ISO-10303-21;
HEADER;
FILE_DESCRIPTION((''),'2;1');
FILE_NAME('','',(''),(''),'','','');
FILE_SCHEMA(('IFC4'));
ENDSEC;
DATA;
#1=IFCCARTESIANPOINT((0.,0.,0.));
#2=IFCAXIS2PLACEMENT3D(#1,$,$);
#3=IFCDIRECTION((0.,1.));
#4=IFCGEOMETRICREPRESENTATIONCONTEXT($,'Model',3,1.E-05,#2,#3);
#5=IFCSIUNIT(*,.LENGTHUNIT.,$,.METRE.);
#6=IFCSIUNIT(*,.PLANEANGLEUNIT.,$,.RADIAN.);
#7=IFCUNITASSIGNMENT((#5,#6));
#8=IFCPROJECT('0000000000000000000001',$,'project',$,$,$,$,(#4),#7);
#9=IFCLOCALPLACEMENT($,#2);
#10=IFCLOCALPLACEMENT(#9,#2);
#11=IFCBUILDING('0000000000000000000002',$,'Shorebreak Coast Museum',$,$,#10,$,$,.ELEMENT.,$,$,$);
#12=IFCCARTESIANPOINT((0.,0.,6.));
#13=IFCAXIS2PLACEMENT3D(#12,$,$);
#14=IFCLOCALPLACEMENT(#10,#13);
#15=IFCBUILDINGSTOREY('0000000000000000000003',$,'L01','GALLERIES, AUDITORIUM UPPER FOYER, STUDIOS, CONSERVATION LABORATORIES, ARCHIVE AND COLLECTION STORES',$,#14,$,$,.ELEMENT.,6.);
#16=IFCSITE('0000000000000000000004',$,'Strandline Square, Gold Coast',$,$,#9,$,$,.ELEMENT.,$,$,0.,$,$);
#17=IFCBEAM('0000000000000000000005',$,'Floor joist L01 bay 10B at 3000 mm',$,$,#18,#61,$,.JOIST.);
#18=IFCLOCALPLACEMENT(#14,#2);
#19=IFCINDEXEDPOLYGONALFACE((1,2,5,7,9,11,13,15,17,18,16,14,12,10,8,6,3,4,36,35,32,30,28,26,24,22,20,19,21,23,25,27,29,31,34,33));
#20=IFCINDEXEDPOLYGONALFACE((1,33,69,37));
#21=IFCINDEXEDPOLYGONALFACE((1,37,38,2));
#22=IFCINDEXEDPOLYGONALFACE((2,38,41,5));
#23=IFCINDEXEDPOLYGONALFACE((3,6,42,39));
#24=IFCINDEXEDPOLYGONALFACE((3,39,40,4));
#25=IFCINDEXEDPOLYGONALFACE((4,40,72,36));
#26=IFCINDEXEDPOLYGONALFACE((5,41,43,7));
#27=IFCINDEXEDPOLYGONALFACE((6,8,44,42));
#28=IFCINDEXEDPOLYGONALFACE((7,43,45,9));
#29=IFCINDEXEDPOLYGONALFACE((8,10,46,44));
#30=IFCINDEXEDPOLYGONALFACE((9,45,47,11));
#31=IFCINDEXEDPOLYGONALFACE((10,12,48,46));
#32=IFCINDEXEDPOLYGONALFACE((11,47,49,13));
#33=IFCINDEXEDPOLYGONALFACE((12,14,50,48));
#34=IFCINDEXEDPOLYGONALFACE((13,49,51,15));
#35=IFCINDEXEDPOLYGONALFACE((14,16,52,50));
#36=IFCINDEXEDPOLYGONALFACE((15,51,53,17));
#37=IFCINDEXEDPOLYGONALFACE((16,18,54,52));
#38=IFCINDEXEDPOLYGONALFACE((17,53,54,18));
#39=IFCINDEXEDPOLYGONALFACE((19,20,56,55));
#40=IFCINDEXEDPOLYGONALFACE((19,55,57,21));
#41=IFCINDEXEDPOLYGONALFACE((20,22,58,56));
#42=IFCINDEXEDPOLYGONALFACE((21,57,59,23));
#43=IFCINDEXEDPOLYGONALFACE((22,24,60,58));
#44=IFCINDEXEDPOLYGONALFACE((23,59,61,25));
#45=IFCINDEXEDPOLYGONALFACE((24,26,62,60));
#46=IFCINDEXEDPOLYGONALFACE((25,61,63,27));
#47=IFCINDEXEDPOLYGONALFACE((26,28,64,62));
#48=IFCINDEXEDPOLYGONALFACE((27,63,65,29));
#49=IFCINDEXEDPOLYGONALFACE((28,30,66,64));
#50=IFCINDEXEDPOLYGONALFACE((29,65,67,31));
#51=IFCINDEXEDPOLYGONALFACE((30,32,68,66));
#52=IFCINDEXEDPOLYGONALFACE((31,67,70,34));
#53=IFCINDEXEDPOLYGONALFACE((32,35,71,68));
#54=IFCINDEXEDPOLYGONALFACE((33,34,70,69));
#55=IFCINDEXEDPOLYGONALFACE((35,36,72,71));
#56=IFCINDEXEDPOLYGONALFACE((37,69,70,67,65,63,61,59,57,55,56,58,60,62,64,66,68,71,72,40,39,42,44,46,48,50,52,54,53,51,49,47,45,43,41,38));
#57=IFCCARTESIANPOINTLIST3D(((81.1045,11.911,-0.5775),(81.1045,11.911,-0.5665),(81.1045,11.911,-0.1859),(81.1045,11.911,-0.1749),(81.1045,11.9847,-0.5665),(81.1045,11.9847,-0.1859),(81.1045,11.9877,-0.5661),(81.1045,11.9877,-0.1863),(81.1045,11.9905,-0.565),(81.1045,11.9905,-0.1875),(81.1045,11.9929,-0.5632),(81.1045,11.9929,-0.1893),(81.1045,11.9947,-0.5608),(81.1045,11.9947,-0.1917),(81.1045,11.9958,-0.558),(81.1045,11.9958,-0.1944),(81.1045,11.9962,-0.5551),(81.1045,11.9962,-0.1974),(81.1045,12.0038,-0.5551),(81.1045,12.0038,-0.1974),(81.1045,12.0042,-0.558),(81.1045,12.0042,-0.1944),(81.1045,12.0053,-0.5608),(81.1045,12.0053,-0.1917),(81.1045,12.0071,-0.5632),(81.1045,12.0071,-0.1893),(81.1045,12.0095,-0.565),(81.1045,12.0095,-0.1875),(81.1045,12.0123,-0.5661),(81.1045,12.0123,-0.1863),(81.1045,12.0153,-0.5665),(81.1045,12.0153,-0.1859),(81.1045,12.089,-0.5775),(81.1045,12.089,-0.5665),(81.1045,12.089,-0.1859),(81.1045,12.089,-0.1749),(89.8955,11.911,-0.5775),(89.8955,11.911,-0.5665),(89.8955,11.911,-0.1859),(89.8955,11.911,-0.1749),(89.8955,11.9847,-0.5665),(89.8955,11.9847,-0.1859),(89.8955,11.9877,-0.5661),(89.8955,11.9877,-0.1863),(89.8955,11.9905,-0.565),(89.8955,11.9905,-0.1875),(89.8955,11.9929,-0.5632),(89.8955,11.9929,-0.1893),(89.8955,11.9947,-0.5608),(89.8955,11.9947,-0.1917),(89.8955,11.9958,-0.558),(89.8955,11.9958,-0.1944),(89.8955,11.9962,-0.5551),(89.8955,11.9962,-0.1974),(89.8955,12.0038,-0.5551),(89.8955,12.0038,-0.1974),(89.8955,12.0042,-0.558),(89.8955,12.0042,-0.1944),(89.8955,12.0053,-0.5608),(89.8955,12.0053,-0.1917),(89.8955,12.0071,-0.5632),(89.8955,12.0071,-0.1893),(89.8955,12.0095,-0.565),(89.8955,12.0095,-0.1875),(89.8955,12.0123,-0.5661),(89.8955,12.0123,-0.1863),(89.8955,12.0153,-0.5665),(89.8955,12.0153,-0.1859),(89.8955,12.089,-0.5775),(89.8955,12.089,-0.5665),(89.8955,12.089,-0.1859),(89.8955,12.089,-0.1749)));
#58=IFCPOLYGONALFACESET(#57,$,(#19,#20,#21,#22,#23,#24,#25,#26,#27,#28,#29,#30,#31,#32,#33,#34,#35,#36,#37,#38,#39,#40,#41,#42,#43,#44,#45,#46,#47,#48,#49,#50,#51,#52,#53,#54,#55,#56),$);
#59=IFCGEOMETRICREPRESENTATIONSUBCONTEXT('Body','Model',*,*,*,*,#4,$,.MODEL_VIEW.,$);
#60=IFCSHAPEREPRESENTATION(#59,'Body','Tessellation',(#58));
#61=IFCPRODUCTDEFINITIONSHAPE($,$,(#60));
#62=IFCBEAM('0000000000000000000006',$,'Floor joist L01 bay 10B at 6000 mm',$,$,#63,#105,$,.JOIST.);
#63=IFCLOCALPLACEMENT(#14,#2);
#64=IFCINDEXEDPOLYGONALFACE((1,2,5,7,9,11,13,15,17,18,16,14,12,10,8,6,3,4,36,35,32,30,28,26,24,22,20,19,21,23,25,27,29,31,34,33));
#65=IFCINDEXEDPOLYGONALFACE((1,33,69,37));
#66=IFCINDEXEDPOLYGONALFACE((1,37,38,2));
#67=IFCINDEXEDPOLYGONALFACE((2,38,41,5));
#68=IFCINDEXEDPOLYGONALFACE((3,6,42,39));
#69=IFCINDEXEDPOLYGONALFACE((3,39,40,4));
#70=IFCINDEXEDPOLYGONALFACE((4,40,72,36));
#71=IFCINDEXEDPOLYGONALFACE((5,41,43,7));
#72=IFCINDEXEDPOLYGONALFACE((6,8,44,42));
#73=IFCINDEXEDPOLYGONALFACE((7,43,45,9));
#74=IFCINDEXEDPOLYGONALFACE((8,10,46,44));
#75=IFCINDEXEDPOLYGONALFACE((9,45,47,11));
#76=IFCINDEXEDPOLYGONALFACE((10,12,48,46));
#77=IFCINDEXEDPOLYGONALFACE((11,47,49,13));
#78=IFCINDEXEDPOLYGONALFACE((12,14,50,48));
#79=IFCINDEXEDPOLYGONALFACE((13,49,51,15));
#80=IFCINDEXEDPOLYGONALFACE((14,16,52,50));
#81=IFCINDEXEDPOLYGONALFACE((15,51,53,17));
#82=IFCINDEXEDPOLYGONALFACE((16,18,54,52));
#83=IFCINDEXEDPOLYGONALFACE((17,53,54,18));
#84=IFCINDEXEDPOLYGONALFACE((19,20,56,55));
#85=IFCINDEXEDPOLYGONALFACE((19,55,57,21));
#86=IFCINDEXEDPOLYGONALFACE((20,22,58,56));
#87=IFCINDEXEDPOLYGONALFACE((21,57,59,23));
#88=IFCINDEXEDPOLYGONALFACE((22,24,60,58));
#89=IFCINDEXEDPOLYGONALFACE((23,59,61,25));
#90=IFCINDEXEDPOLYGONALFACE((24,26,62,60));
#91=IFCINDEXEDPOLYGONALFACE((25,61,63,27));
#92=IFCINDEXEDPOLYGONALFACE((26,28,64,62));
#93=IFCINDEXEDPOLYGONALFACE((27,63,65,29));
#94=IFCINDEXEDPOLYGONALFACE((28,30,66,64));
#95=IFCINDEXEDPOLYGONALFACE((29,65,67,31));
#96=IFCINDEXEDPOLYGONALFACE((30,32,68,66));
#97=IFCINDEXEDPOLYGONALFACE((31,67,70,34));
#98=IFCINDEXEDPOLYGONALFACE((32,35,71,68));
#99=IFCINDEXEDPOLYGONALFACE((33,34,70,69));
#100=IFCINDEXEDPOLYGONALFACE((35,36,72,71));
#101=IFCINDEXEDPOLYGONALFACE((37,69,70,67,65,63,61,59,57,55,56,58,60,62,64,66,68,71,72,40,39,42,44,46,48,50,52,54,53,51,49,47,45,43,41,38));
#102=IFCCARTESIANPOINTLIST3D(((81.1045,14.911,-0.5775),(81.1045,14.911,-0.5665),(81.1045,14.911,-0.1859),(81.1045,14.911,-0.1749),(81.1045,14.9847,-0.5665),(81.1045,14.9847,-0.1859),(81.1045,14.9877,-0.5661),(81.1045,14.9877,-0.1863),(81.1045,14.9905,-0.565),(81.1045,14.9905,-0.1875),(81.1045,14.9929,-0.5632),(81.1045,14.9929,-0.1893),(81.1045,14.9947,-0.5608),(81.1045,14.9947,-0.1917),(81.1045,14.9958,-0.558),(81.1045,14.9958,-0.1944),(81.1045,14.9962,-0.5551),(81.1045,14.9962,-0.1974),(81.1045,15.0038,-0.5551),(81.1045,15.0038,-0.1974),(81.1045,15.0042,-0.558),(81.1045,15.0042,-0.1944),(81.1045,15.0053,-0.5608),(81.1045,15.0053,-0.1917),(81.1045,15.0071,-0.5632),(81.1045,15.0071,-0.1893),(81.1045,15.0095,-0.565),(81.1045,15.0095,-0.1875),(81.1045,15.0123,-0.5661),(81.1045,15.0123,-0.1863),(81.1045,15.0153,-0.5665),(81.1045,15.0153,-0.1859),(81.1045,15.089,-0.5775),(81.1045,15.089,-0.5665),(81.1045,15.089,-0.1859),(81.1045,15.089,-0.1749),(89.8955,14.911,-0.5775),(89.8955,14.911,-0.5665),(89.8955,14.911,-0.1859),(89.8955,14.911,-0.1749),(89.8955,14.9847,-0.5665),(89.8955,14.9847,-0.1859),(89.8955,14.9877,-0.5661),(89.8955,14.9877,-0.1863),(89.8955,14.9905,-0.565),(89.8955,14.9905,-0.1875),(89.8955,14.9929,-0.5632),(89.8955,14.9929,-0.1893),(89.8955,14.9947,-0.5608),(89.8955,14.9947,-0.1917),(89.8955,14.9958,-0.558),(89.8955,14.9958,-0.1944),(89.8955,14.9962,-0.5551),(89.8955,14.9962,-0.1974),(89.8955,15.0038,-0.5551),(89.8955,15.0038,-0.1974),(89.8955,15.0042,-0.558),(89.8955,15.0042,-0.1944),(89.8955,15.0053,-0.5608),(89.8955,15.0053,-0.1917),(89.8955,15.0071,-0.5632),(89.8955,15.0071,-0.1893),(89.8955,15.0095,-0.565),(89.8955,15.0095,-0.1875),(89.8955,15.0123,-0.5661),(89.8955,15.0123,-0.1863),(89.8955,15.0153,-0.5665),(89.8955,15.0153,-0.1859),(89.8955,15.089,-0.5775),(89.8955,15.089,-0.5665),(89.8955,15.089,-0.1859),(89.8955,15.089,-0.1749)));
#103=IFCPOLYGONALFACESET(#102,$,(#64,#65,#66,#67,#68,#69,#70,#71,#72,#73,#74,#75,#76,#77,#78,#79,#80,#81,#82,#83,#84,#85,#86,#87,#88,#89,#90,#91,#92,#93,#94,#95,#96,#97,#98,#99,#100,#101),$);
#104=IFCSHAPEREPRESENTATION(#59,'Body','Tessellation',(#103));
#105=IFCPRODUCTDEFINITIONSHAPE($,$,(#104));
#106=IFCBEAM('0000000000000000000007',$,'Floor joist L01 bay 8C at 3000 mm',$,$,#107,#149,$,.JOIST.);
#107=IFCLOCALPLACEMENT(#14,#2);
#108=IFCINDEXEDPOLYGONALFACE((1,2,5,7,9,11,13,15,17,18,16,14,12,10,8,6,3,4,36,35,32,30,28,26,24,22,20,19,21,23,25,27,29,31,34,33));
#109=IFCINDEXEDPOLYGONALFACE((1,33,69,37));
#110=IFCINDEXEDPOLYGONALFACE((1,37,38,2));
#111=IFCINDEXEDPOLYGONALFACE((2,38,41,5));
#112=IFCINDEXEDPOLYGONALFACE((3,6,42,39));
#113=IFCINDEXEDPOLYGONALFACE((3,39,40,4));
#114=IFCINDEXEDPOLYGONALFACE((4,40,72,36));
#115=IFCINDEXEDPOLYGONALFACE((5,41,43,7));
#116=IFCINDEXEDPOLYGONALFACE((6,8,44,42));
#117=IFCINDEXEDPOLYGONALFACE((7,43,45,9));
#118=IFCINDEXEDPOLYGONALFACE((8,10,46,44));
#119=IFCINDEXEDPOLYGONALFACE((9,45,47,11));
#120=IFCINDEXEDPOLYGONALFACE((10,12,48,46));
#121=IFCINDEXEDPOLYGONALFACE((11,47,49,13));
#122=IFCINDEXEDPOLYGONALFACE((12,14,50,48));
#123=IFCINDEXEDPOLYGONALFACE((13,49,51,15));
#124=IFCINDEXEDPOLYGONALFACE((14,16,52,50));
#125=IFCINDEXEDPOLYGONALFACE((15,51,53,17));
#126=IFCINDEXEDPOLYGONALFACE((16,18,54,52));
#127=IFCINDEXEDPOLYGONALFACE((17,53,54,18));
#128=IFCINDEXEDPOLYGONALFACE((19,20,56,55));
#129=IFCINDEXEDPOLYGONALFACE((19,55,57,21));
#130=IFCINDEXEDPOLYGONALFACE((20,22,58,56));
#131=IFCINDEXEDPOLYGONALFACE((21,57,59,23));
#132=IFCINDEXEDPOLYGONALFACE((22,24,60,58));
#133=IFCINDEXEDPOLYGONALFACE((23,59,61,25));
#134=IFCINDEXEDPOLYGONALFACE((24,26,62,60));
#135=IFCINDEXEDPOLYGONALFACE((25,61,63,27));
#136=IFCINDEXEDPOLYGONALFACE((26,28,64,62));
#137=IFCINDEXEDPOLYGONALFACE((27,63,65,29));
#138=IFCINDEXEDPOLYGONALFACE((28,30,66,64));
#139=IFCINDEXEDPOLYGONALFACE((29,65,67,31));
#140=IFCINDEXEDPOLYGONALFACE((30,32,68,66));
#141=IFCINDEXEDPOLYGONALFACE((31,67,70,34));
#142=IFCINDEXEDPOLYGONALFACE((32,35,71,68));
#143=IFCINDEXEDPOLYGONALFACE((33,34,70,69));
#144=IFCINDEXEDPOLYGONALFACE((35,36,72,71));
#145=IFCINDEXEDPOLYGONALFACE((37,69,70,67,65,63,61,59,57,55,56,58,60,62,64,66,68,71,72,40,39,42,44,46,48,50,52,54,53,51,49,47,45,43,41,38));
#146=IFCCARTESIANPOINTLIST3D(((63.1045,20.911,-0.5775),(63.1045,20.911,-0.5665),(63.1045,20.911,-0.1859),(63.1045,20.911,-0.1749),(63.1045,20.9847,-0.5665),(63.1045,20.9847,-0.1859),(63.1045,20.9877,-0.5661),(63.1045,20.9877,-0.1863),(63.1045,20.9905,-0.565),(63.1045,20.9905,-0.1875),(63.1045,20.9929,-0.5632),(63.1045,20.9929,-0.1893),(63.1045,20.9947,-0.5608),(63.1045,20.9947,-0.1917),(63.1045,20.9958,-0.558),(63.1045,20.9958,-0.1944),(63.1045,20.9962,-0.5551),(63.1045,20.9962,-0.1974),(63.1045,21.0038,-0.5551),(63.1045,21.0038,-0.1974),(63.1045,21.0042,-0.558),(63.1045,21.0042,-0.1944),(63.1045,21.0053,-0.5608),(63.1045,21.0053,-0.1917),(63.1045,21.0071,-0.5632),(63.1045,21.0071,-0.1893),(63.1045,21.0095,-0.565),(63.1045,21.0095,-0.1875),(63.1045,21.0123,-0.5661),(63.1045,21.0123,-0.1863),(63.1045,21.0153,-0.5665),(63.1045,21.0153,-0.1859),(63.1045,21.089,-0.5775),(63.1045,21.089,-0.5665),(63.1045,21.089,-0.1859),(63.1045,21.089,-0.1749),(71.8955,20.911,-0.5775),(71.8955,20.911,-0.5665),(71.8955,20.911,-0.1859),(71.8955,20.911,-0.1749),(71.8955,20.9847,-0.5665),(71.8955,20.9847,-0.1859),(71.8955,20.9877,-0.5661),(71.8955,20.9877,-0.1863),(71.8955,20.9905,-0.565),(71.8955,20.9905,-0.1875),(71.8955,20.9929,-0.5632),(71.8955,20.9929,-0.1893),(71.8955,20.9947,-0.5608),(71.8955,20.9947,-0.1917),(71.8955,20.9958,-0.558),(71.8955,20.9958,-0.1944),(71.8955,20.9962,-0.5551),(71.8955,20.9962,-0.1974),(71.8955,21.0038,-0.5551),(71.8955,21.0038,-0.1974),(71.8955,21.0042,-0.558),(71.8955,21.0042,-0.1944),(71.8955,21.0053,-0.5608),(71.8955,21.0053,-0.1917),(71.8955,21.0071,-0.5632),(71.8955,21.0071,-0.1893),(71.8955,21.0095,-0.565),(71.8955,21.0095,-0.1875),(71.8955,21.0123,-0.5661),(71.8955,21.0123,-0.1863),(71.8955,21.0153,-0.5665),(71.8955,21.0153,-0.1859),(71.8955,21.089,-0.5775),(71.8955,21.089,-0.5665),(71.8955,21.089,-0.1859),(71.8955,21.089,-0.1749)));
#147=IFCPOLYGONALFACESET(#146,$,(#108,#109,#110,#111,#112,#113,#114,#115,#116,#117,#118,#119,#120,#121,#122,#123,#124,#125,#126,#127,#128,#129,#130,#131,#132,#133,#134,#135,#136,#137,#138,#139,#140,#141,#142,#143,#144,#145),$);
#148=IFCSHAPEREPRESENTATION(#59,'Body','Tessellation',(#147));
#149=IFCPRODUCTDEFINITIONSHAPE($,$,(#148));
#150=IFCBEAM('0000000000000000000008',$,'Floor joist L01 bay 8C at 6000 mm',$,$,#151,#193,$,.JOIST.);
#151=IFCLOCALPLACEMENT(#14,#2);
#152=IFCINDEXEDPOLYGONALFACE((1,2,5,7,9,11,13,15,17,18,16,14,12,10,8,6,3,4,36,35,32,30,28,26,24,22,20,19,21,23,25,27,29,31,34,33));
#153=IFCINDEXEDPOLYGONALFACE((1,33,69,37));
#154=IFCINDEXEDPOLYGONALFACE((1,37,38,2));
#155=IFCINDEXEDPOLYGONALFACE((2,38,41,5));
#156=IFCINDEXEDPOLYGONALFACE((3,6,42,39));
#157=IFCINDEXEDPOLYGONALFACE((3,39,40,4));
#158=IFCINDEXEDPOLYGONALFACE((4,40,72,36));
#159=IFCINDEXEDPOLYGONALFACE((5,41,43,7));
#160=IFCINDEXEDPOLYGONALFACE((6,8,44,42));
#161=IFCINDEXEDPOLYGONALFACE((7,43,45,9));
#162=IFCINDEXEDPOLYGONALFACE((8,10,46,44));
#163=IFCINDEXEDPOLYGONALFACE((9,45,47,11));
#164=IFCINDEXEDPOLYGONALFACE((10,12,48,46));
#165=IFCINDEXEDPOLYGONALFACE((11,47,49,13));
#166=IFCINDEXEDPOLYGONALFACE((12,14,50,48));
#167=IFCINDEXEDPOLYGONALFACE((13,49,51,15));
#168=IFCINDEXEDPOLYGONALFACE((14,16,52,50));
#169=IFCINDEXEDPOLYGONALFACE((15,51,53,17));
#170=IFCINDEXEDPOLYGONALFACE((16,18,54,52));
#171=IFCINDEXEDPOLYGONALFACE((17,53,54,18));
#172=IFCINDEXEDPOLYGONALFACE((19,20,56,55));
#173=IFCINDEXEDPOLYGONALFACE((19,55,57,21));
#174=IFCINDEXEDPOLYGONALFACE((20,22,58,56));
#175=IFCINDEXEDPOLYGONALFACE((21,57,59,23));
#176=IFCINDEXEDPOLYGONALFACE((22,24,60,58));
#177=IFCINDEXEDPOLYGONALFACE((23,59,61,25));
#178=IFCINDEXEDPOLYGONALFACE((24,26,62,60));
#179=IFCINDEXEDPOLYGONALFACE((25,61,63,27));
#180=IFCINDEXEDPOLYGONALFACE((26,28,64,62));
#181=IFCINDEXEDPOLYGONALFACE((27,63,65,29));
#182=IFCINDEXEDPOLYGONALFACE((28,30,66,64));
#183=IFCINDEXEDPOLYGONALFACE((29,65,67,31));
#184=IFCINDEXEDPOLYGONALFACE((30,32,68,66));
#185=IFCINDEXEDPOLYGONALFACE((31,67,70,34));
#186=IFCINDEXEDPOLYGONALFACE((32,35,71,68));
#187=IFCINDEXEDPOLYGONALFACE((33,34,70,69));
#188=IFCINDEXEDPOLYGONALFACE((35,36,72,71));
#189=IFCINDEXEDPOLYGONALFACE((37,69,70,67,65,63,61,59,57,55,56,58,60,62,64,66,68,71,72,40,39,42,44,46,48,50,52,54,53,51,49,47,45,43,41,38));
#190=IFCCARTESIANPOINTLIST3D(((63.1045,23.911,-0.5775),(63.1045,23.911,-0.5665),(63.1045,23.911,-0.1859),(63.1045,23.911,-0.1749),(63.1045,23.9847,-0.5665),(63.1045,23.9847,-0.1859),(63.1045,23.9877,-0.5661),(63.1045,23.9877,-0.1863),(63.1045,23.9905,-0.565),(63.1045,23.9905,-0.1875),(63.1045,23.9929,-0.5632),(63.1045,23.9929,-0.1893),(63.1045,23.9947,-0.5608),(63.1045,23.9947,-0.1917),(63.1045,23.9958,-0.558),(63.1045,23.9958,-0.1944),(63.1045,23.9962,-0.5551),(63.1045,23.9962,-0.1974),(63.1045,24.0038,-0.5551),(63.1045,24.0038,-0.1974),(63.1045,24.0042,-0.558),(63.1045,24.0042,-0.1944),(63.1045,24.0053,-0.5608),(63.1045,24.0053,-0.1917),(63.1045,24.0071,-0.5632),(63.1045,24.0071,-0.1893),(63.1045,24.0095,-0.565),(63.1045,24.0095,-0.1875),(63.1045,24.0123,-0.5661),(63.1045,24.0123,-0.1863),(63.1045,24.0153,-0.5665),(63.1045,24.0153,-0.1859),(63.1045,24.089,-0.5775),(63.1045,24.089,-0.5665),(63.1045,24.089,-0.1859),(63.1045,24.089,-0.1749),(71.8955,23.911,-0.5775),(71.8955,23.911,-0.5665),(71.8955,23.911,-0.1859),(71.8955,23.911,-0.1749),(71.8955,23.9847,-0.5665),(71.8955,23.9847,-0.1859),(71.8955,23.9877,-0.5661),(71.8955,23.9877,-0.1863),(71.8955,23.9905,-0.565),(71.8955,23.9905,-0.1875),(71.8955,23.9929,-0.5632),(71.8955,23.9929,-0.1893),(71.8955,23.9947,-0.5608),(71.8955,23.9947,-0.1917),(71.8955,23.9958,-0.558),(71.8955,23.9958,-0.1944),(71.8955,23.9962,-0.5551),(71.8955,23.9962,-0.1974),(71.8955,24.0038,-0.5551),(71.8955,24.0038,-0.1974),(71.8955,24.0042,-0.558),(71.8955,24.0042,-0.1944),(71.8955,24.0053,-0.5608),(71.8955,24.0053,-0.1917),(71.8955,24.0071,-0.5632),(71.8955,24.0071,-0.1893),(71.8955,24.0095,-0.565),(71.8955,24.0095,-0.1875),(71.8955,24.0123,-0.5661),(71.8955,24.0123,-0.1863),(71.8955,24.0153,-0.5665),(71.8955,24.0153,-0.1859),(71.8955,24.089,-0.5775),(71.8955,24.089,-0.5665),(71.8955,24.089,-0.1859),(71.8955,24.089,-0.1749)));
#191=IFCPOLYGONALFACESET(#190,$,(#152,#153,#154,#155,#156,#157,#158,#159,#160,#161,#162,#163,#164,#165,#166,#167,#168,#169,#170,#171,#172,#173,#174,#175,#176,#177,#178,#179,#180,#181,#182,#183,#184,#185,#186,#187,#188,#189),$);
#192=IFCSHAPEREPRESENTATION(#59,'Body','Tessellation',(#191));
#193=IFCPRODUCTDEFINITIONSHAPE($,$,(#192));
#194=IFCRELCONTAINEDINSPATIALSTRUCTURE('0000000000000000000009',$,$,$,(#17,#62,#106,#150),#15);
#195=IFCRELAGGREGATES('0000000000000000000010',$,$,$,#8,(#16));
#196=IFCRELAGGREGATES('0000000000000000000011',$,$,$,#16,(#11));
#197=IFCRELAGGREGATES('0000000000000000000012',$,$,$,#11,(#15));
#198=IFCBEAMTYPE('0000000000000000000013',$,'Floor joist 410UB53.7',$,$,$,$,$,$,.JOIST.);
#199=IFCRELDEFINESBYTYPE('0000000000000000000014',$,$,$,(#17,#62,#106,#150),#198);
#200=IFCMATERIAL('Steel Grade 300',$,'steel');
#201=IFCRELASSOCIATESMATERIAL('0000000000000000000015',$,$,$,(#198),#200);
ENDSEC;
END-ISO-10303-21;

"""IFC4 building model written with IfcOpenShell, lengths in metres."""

from ifc_helpers import new_model, si_unit, direction, frame, origin, origin_2d, place, context, subcontext, project, spatial, i_section, extrude, material, material_profile, profile_set, type_object, element, save


model = new_model("IFC4")

# Units and contexts
model_context = context("Model", 3, precision=1e-05, world=origin(), true_north=direction((0.0, 1.0)))
body_context = subcontext(model_context, "Body", "Model", "MODEL_VIEW")
ifc_project = project(units=[si_unit("LENGTHUNIT", "METRE"), si_unit("PLANEANGLEUNIT", "RADIAN")], contexts=[model_context])

# Site, building, storey
site_placement = place(None, origin())
site = spatial("IfcSite", under=ifc_project, at=site_placement, Name="Strandline Square, Gold Coast", CompositionType="ELEMENT", RefElevation=0.0)
building_placement = place(site_placement, origin())
building = spatial("IfcBuilding", under=site, at=building_placement, Name="Shorebreak Coast Museum", CompositionType="ELEMENT")
storey_placement = place(building_placement, frame((0.0, 0.0, 6.0)))
storey = spatial("IfcBuildingStorey", under=building, at=storey_placement, Name="L01", Description="GALLERIES, AUDITORIUM UPPER FOYER, STUDIOS, CONSERVATION LABORATORIES, ARCHIVE AND COLLECTION STORES", CompositionType="ELEMENT", Elevation=6.0)

# Beams
ifc_material_1 = material(Name="Steel Grade 300", Category="steel")
ifc_material_profile_1 = material_profile(ifc_material_1, i_section(OverallWidth=0.178, OverallDepth=0.4026, WebThickness=0.0076, FlangeThickness=0.011, FilletRadius=0.0115, at=origin_2d()), Name="410UB53.7")
ifc_profile_set_1 = profile_set([ifc_material_profile_1], Name="Steel Grade 300")
beam_type_1 = type_object("IfcBeamType", Name="Floor joist 410UB53.7", PredefinedType="JOIST", material=ifc_profile_set_1)
for number, where, z_axis, x_axis, name in (
    (1, (81.1045, 12.0, -0.3762), (1.0, 0.0, 0.0), (0.0, 1.0, 0.0), "Floor joist L01 bay 10B at 3000 mm"),
    (2, (81.1045, 15.0, -0.3762), (1.0, 0.0, 0.0), (0.0, 1.0, 0.0), "Floor joist L01 bay 10B at 6000 mm"),
    (3, (63.1045, 21.0, -0.3762), (1.0, 0.0, 0.0), (0.0, 1.0, 0.0), "Floor joist L01 bay 8C at 3000 mm"),
    (4, (63.1045, 24.0, -0.3762), (1.0, 0.0, 0.0), (0.0, 1.0, 0.0), "Floor joist L01 bay 8C at 6000 mm"),
):
    element("IfcBeam", number, at=place(storey_placement, frame(where, z_axis=z_axis, x_axis=x_axis)), inside=storey, type_object=beam_type_1, Name=name, PredefinedType="JOIST", context=body_context, shape_type="SweptSolid", body=[
        extrude(i_section(OverallWidth=0.178, OverallDepth=0.4026, WebThickness=0.0076, FlangeThickness=0.011, FilletRadius=0.0115, at=origin_2d()), origin(), (0.0, 0.0, 1.0), 8.791),
    ])

save(model, "model.ifc")
